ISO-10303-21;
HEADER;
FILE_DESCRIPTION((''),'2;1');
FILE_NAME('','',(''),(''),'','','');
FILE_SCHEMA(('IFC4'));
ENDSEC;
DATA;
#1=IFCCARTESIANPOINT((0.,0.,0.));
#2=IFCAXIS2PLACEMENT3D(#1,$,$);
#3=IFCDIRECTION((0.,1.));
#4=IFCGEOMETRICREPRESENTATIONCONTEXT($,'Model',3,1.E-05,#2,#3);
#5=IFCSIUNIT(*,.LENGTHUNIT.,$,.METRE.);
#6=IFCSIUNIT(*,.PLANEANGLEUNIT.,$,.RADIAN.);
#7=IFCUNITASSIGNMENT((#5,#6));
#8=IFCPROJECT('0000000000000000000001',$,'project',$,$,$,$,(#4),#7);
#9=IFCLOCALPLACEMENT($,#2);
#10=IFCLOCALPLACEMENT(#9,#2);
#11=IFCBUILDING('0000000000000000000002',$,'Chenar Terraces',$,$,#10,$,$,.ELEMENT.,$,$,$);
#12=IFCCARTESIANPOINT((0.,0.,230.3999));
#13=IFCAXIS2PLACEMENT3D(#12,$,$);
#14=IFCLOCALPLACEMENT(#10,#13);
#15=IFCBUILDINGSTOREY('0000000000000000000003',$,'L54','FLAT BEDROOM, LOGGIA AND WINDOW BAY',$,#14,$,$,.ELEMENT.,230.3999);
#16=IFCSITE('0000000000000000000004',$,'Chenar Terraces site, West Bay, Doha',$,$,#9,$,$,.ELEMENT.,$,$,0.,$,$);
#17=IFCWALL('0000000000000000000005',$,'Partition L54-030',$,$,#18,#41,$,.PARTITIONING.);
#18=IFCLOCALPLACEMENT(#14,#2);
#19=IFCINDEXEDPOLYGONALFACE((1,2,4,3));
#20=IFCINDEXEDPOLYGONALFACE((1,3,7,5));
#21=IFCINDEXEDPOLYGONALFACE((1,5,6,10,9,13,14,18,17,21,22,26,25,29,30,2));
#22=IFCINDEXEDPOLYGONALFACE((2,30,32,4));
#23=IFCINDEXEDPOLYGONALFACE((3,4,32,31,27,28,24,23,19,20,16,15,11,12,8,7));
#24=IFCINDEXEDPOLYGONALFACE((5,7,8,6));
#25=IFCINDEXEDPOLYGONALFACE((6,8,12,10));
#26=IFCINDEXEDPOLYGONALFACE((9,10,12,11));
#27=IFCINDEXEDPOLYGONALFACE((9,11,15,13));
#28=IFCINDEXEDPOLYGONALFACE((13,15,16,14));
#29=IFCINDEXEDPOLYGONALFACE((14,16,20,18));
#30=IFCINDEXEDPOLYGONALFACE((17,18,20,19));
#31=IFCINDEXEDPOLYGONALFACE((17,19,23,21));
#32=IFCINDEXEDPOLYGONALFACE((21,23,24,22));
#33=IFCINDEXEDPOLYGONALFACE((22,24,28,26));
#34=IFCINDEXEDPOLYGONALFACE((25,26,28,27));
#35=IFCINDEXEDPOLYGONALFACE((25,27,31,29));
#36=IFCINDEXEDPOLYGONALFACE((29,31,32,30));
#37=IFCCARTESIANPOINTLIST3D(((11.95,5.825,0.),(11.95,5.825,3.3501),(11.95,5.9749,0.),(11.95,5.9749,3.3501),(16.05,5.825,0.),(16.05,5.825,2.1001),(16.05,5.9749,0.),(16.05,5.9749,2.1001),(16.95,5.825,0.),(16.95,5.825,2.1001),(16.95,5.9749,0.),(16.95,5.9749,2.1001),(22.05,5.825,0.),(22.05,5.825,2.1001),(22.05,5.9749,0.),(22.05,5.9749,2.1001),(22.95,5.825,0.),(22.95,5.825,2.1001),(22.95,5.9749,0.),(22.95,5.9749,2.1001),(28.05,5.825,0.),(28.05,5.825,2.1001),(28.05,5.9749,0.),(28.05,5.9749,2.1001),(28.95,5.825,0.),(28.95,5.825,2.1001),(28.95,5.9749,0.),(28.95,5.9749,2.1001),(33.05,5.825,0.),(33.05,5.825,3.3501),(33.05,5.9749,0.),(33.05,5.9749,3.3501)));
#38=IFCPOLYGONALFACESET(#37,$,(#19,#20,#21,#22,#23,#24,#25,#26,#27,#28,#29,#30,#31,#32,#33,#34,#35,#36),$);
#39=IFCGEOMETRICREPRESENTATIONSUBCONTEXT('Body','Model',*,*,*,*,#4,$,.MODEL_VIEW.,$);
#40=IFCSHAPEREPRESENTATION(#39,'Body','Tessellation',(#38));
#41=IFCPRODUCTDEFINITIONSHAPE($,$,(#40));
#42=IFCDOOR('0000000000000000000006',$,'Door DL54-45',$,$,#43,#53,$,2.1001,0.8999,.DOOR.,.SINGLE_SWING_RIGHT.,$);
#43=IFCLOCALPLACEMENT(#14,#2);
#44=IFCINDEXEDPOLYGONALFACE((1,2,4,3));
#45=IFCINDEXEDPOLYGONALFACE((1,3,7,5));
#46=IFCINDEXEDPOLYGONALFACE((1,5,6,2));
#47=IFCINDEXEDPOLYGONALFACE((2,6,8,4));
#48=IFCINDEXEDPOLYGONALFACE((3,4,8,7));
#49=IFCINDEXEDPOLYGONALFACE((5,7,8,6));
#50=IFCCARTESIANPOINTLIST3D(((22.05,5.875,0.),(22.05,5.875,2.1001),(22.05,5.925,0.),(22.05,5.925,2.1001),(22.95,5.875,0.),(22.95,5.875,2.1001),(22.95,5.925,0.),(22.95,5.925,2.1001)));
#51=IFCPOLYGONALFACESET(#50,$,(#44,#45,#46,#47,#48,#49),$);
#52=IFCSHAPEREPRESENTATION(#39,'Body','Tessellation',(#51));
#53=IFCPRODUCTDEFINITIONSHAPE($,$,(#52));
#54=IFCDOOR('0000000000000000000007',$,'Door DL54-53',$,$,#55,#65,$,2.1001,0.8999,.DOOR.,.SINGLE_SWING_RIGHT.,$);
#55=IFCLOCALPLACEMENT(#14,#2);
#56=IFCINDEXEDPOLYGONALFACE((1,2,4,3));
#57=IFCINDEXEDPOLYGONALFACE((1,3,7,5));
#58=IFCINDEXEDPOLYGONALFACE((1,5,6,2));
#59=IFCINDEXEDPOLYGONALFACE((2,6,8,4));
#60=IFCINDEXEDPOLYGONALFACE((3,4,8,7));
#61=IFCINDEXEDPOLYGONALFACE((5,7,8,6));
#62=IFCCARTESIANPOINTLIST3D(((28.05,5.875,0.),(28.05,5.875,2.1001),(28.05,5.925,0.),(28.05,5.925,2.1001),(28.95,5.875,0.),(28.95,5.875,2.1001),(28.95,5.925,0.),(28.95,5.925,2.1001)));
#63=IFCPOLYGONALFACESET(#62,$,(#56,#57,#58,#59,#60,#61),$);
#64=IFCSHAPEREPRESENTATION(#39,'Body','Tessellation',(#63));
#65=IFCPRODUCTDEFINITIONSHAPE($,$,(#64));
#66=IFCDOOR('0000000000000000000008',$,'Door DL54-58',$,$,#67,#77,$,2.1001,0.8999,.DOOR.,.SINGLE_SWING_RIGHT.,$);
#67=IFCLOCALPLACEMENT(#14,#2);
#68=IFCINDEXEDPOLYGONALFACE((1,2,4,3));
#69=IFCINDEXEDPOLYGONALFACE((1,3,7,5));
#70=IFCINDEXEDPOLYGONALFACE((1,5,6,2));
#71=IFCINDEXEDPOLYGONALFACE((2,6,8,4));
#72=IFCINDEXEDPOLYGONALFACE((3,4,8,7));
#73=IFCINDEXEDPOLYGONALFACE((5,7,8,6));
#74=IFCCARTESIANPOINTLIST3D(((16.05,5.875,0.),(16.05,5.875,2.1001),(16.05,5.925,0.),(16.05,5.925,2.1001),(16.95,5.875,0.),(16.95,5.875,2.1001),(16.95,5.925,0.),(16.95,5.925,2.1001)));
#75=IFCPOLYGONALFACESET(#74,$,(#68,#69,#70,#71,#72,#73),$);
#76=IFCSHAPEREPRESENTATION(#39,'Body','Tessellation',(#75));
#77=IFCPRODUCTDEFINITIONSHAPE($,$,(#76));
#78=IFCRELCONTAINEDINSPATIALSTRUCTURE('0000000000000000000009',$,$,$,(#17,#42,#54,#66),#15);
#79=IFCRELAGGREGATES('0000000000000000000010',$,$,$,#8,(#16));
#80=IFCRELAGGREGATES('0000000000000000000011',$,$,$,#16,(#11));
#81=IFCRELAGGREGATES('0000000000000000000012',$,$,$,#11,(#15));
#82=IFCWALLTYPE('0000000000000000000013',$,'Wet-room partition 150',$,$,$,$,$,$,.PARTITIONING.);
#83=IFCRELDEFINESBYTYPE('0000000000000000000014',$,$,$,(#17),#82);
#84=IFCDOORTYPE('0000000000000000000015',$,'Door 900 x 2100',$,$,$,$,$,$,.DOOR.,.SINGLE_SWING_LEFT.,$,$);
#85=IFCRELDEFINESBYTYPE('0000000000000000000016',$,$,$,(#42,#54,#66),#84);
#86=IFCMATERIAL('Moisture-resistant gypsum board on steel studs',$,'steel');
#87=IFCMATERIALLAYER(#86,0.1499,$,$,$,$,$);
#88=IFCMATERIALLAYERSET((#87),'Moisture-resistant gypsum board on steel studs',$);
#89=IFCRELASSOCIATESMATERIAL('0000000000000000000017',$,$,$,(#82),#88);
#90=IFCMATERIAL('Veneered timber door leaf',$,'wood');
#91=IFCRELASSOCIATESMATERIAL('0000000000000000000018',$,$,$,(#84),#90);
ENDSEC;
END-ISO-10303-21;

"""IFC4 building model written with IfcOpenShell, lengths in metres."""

from ifc_helpers import new_model, si_unit, direction, frame, frame_2d, origin, place, context, subcontext, project, spatial, rectangle, extrude, material, layer, layer_set, type_object, element, fill, save


model = new_model("IFC4")

# Units and contexts
model_context = context("Model", 3, precision=1e-05, world=origin(), true_north=direction((0.0, 1.0)))
body_context = subcontext(model_context, "Body", "Model", "MODEL_VIEW")
ifc_project = project(units=[si_unit("LENGTHUNIT", "METRE"), si_unit("PLANEANGLEUNIT", "RADIAN")], contexts=[model_context])

# Site, building, storey
site_placement = place(None, origin())
site = spatial("IfcSite", under=ifc_project, at=site_placement, Name="Chenar Terraces site, West Bay, Doha", CompositionType="ELEMENT", RefElevation=0.0)
building_placement = place(site_placement, origin())
building = spatial("IfcBuilding", under=site, at=building_placement, Name="Chenar Terraces", CompositionType="ELEMENT")
storey_placement = place(building_placement, frame((0.0, 0.0, 230.3999)))
storey = spatial("IfcBuildingStorey", under=building, at=storey_placement, Name="L54", Description="FLAT BEDROOM, LOGGIA AND WINDOW BAY", CompositionType="ELEMENT", Elevation=230.3999)

# Wall, openings, doors
ifc_material_1 = material(Name="Moisture-resistant gypsum board on steel studs", Category="steel")
ifc_layer_1 = layer(ifc_material_1, 0.1499)
ifc_layer_set_1 = layer_set([ifc_layer_1], Name="Moisture-resistant gypsum board on steel studs")
wall_type_1 = type_object("IfcWallType", Name="Wet-room partition 150", PredefinedType="PARTITIONING", material=ifc_layer_set_1)
wall_1_placement = place(storey_placement, frame((11.95, 5.8999, 0.0), z_axis=(0.0, 0.0, 1.0), x_axis=(1.0, 0.0, 0.0)))
wall_1 = element("IfcWall", 1, at=wall_1_placement, inside=storey, type_object=wall_type_1, Name="Partition L54-030", PredefinedType="PARTITIONING", context=body_context, shape_type="SweptSolid", body=[
    extrude(rectangle(XDim=21.1001, YDim=0.1499, at=frame_2d((10.55, 0.0))), origin(), (0.0, 0.0, 1.0), 3.3501),
])
opening_1_placement = place(wall_1_placement, frame((10.1001, 0.0, 0.0)))
opening_1 = element("IfcOpeningElement", 2, at=opening_1_placement, cuts=wall_1, PredefinedType="OPENING", context=body_context, shape_type="SweptSolid", body=[
    extrude(rectangle(XDim=0.8999, YDim=2.1001, at=frame_2d((0.45, 1.05))), frame((0.0, 0.085, 0.0), z_axis=(0.0, -1.0, 0.0), x_axis=(1.0, 0.0, 0.0)), (0.0, 0.0, 1.0), 0.1699),
])
opening_2_placement = place(wall_1_placement, frame((16.1001, 0.0, 0.0)))
opening_2 = element("IfcOpeningElement", 3, at=opening_2_placement, cuts=wall_1, PredefinedType="OPENING", context=body_context, shape_type="SweptSolid", body=[
    extrude(rectangle(XDim=0.8999, YDim=2.1001, at=frame_2d((0.45, 1.05))), frame((0.0, 0.085, 0.0), z_axis=(0.0, -1.0, 0.0), x_axis=(1.0, 0.0, 0.0)), (0.0, 0.0, 1.0), 0.1699),
])
opening_3_placement = place(wall_1_placement, frame((4.1001, 0.0, 0.0)))
opening_3 = element("IfcOpeningElement", 4, at=opening_3_placement, cuts=wall_1, PredefinedType="OPENING", context=body_context, shape_type="SweptSolid", body=[
    extrude(rectangle(XDim=0.8999, YDim=2.1001, at=frame_2d((0.45, 1.05))), frame((0.0, 0.085, 0.0), z_axis=(0.0, -1.0, 0.0), x_axis=(1.0, 0.0, 0.0)), (0.0, 0.0, 1.0), 0.1699),
])
ifc_material_2 = material(Name="Veneered timber door leaf", Category="wood")
door_type_1 = type_object("IfcDoorType", Name="Door 900 x 2100", OperationType="SINGLE_SWING_LEFT", PredefinedType="DOOR", material=ifc_material_2)
door_1_placement = place(opening_1_placement, frame((0.8999, 0.0, 0.0), z_axis=(0.0, 0.0, 1.0), x_axis=(-1.0, 0.0, 0.0)))
door_1 = element("IfcDoor", 5, at=door_1_placement, inside=storey, type_object=door_type_1, Name="Door DL54-45", OperationType="SINGLE_SWING_RIGHT", OverallHeight=2.1001, OverallWidth=0.8999, PredefinedType="DOOR", context=body_context, shape_type="SweptSolid", body=[
    extrude(rectangle(XDim=0.8999, YDim=2.1001, at=frame_2d((0.45, 1.05))), frame((0.0, 0.0249, 0.0), z_axis=(0.0, -1.0, 0.0), x_axis=(1.0, 0.0, 0.0)), (0.0, 0.0, 1.0), 0.05),
])
fill(opening_1, door_1)
door_2_placement = place(opening_2_placement, frame((0.8999, 0.0, 0.0), z_axis=(0.0, 0.0, 1.0), x_axis=(-1.0, 0.0, 0.0)))
door_2 = element("IfcDoor", 6, at=door_2_placement, inside=storey, type_object=door_type_1, Name="Door DL54-53", OperationType="SINGLE_SWING_RIGHT", OverallHeight=2.1001, OverallWidth=0.8999, PredefinedType="DOOR", context=body_context, shape_type="SweptSolid", body=[
    extrude(rectangle(XDim=0.8999, YDim=2.1001, at=frame_2d((0.45, 1.05))), frame((0.0, 0.0249, 0.0), z_axis=(0.0, -1.0, 0.0), x_axis=(1.0, 0.0, 0.0)), (0.0, 0.0, 1.0), 0.05),
])
fill(opening_2, door_2)
door_3_placement = place(opening_3_placement, frame((0.8999, 0.0, 0.0), z_axis=(0.0, 0.0, 1.0), x_axis=(-1.0, 0.0, 0.0)))
door_3 = element("IfcDoor", 7, at=door_3_placement, inside=storey, type_object=door_type_1, Name="Door DL54-58", OperationType="SINGLE_SWING_RIGHT", OverallHeight=2.1001, OverallWidth=0.8999, PredefinedType="DOOR", context=body_context, shape_type="SweptSolid", body=[
    extrude(rectangle(XDim=0.8999, YDim=2.1001, at=frame_2d((0.45, 1.05))), frame((0.0, 0.0249, 0.0), z_axis=(0.0, -1.0, 0.0), x_axis=(1.0, 0.0, 0.0)), (0.0, 0.0, 1.0), 0.05),
])
fill(opening_3, door_3)

save(model, "model.ifc")
